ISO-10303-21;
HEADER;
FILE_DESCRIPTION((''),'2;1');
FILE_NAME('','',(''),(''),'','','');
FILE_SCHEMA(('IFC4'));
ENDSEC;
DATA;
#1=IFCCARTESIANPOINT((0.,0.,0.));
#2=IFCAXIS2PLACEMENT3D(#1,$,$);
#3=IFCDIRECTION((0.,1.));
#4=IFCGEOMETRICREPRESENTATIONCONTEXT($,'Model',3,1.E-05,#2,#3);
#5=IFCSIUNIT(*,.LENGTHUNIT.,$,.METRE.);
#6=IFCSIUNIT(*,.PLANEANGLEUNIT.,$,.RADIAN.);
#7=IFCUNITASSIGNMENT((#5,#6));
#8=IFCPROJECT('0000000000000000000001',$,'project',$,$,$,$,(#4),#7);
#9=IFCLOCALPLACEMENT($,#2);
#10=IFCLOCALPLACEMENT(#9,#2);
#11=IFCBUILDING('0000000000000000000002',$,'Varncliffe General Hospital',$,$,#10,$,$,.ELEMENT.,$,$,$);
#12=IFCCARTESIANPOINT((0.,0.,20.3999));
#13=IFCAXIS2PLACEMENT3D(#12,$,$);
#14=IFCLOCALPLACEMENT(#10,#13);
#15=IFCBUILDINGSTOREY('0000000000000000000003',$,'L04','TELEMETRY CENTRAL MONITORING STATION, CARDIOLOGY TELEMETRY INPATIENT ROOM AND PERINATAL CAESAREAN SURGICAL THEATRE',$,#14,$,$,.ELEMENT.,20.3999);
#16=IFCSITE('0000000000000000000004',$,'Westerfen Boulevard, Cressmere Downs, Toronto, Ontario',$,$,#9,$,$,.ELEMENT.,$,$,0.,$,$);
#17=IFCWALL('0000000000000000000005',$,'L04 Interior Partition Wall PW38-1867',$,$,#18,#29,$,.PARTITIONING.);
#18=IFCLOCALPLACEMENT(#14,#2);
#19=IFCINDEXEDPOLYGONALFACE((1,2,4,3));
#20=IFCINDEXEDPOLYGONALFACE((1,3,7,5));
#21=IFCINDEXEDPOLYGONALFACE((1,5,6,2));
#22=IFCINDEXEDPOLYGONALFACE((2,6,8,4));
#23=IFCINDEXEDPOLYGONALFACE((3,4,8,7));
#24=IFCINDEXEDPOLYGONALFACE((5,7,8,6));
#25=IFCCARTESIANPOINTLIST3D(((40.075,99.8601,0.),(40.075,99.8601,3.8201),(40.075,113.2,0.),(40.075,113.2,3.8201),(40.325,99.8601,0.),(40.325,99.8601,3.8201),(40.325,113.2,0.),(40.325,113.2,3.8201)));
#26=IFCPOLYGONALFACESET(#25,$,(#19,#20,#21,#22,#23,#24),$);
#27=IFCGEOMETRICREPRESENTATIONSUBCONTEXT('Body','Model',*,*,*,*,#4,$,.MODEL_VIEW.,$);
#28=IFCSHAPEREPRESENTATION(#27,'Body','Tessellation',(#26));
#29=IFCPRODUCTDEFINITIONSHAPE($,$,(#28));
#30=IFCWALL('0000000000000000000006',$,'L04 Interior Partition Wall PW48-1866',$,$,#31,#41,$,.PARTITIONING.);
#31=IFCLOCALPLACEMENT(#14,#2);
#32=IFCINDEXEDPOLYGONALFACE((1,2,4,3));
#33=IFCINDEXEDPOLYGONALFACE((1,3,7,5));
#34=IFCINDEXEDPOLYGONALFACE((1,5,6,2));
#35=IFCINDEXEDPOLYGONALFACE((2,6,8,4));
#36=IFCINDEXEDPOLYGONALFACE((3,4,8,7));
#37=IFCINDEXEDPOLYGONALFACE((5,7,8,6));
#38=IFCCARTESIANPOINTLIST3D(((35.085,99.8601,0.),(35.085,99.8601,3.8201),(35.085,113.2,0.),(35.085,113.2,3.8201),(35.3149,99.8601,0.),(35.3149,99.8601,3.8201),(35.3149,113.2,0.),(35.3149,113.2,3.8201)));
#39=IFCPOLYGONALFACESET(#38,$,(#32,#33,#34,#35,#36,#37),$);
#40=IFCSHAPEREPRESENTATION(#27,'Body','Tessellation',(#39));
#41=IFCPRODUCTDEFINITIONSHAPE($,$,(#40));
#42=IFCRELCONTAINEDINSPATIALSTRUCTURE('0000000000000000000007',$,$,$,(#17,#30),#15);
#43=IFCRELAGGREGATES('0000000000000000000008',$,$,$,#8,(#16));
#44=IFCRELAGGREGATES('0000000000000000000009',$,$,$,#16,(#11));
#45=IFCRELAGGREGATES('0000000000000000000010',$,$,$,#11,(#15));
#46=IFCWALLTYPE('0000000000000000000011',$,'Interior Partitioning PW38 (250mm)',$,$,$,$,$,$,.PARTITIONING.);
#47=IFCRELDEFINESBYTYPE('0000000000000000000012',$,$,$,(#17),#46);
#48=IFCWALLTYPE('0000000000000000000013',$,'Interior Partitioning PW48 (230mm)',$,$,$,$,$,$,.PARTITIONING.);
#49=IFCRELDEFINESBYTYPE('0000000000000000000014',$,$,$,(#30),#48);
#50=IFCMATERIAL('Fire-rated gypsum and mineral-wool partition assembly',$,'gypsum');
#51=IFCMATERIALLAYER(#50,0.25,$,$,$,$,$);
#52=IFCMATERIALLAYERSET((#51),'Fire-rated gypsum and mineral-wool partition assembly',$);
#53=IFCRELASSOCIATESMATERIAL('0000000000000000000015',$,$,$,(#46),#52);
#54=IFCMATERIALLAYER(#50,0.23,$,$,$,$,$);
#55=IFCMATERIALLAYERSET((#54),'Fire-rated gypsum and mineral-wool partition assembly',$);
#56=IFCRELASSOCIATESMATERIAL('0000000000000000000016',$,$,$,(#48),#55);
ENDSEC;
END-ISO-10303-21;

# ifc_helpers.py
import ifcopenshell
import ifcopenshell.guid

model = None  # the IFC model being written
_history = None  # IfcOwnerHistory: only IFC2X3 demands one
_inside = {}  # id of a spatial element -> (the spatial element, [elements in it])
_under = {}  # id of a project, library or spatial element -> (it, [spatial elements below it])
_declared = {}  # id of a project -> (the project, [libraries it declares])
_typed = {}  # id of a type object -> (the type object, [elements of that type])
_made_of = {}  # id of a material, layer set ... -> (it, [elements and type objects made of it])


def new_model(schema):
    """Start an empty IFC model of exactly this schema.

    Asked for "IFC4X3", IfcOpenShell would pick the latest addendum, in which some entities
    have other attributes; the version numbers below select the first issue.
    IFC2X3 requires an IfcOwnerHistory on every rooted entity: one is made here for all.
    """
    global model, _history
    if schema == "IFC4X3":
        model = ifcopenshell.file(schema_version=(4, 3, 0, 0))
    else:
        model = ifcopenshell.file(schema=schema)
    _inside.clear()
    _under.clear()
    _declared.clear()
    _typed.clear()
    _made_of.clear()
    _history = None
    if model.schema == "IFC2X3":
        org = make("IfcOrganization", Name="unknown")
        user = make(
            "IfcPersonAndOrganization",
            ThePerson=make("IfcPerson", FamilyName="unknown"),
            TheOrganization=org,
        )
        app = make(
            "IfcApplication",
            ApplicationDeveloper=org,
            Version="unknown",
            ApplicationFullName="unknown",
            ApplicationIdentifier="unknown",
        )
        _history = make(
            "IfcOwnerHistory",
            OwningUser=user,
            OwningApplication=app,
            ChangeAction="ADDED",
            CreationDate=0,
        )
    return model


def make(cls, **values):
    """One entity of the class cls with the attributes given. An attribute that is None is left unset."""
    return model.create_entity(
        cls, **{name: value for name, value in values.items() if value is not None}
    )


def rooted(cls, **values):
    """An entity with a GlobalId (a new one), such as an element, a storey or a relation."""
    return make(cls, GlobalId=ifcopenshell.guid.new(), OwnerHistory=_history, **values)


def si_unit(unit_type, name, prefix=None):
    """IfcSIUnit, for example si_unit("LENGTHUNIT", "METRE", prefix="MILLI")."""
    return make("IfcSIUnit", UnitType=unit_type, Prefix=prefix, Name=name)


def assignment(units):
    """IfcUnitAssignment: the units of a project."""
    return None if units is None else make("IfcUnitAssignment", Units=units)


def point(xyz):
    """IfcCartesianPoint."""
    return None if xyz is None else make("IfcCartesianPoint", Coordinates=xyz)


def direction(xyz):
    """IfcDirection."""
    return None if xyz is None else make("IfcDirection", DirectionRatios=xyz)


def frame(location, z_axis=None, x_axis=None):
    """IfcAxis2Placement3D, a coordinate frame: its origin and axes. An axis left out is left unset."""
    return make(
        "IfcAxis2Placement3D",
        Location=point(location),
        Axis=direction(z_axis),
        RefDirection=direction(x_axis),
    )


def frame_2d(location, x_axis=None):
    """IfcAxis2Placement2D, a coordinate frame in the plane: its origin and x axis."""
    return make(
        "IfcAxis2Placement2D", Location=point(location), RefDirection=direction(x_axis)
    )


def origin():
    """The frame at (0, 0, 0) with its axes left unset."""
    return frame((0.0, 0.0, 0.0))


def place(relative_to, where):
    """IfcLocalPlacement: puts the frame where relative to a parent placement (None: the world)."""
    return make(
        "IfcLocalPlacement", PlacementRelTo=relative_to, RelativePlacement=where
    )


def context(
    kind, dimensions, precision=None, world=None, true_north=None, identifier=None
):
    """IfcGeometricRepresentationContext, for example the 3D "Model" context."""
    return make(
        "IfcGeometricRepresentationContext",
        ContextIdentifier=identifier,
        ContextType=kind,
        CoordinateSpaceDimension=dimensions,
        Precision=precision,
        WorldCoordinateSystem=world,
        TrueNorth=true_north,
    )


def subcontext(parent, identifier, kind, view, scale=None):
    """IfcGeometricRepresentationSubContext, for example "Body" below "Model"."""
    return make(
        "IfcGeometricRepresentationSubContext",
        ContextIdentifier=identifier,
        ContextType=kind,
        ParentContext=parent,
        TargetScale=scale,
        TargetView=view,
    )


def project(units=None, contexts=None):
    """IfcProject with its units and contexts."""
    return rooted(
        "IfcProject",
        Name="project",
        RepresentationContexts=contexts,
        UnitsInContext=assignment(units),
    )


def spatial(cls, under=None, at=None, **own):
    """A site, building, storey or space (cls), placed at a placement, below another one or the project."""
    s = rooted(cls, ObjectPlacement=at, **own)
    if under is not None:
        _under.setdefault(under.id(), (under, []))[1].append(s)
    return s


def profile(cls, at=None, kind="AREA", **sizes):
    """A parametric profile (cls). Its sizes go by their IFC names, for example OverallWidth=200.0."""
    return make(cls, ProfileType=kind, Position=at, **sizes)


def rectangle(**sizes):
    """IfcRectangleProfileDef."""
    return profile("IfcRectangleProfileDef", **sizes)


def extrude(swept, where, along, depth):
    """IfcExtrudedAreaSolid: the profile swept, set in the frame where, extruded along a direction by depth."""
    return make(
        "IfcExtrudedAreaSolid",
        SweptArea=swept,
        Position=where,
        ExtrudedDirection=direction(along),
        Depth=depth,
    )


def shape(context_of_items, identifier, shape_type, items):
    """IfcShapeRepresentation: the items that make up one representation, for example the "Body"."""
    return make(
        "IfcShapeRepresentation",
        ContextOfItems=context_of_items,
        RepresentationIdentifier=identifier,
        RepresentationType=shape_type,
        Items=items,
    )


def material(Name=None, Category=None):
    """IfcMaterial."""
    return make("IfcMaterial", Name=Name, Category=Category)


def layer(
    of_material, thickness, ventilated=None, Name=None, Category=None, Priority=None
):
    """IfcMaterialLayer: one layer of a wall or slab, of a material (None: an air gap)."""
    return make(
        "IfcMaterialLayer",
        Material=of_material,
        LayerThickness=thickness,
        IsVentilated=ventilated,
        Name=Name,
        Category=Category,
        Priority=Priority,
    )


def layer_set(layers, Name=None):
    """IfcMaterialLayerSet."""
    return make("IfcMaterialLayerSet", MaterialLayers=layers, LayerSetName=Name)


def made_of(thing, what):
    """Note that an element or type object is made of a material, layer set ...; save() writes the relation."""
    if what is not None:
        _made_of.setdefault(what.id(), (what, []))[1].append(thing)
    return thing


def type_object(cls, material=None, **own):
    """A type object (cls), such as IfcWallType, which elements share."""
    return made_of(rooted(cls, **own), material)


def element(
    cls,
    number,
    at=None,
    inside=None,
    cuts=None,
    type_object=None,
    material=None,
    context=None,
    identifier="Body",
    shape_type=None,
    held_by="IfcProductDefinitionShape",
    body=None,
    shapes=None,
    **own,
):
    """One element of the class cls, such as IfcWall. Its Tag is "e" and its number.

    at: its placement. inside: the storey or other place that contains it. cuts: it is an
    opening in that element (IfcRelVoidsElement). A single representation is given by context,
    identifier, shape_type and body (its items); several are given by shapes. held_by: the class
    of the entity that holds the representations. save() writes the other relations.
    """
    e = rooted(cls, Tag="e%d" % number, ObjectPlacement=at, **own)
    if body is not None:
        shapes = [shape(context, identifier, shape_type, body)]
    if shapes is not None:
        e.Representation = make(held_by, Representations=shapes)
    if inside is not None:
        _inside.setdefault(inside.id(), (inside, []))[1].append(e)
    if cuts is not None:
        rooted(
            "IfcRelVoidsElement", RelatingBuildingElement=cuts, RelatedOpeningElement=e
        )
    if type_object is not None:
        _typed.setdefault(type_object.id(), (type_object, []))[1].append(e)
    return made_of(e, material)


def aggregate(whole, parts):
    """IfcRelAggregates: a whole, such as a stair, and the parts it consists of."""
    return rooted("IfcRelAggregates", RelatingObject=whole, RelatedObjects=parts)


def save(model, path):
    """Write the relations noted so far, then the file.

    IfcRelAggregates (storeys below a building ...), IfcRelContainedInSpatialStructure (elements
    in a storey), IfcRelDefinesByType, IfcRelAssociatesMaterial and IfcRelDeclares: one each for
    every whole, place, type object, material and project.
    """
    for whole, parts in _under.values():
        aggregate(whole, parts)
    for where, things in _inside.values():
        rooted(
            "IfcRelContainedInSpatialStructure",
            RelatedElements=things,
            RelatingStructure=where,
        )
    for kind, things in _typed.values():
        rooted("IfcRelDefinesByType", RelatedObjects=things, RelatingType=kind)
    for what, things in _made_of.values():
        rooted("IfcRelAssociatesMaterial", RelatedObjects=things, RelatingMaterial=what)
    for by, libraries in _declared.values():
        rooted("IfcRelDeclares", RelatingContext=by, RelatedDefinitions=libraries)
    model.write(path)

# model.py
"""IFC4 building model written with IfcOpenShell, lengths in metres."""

from ifc_helpers import new_model, si_unit, direction, frame, frame_2d, origin, place, context, subcontext, project, spatial, rectangle, extrude, material, layer, layer_set, type_object, element, save


model = new_model("IFC4")

# Units and contexts
model_context = context("Model", 3, precision=1e-05, world=origin(), true_north=direction((0.0, 1.0)))
body_context = subcontext(model_context, "Body", "Model", "MODEL_VIEW")
ifc_project = project(units=[si_unit("LENGTHUNIT", "METRE"), si_unit("PLANEANGLEUNIT", "RADIAN")], contexts=[model_context])

# Site, building, storey
site_placement = place(None, origin())
site = spatial("IfcSite", under=ifc_project, at=site_placement, Name="Westerfen Boulevard, Cressmere Downs, Toronto, Ontario", CompositionType="ELEMENT", RefElevation=0.0)
building_placement = place(site_placement, origin())
building = spatial("IfcBuilding", under=site, at=building_placement, Name="Varncliffe General Hospital", CompositionType="ELEMENT")
storey_placement = place(building_placement, frame((0.0, 0.0, 20.3999)))
storey = spatial("IfcBuildingStorey", under=building, at=storey_placement, Name="L04", Description="TELEMETRY CENTRAL MONITORING STATION, CARDIOLOGY TELEMETRY INPATIENT ROOM AND PERINATAL CAESAREAN SURGICAL THEATRE", CompositionType="ELEMENT", Elevation=20.3999)

# Walls
ifc_material_1 = material(Name="Fire-rated gypsum and mineral-wool partition assembly", Category="gypsum")
ifc_layer_1 = layer(ifc_material_1, 0.25)
ifc_layer_set_1 = layer_set([ifc_layer_1], Name="Fire-rated gypsum and mineral-wool partition assembly")
wall_type_1 = type_object("IfcWallType", Name="Interior Partitioning PW38 (250mm)", PredefinedType="PARTITIONING", material=ifc_layer_set_1)
wall_1_placement = place(storey_placement, frame((40.2, 99.8601, 0.0), z_axis=(0.0, 0.0, 1.0), x_axis=(0.0, 1.0, 0.0)))
element("IfcWall", 1, at=wall_1_placement, inside=storey, type_object=wall_type_1, Name="L04 Interior Partition Wall PW38-1867", PredefinedType="PARTITIONING", context=body_context, shape_type="SweptSolid", body=[
    extrude(rectangle(XDim=13.3398, YDim=0.25, at=frame_2d((6.6699, 0.0))), origin(), (0.0, 0.0, 1.0), 3.8201),
])
ifc_layer_2 = layer(ifc_material_1, 0.23)
ifc_layer_set_2 = layer_set([ifc_layer_2], Name="Fire-rated gypsum and mineral-wool partition assembly")
wall_type_2 = type_object("IfcWallType", Name="Interior Partitioning PW48 (230mm)", PredefinedType="PARTITIONING", material=ifc_layer_set_2)
wall_2_placement = place(storey_placement, frame((35.2, 99.8601, 0.0), z_axis=(0.0, 0.0, 1.0), x_axis=(0.0, 1.0, 0.0)))
element("IfcWall", 2, at=wall_2_placement, inside=storey, type_object=wall_type_2, Name="L04 Interior Partition Wall PW48-1866", PredefinedType="PARTITIONING", context=body_context, shape_type="SweptSolid", body=[
    extrude(rectangle(XDim=13.3398, YDim=0.23, at=frame_2d((6.6699, 0.0))), origin(), (0.0, 0.0, 1.0), 3.8201),
])

save(model, "model.ifc")
